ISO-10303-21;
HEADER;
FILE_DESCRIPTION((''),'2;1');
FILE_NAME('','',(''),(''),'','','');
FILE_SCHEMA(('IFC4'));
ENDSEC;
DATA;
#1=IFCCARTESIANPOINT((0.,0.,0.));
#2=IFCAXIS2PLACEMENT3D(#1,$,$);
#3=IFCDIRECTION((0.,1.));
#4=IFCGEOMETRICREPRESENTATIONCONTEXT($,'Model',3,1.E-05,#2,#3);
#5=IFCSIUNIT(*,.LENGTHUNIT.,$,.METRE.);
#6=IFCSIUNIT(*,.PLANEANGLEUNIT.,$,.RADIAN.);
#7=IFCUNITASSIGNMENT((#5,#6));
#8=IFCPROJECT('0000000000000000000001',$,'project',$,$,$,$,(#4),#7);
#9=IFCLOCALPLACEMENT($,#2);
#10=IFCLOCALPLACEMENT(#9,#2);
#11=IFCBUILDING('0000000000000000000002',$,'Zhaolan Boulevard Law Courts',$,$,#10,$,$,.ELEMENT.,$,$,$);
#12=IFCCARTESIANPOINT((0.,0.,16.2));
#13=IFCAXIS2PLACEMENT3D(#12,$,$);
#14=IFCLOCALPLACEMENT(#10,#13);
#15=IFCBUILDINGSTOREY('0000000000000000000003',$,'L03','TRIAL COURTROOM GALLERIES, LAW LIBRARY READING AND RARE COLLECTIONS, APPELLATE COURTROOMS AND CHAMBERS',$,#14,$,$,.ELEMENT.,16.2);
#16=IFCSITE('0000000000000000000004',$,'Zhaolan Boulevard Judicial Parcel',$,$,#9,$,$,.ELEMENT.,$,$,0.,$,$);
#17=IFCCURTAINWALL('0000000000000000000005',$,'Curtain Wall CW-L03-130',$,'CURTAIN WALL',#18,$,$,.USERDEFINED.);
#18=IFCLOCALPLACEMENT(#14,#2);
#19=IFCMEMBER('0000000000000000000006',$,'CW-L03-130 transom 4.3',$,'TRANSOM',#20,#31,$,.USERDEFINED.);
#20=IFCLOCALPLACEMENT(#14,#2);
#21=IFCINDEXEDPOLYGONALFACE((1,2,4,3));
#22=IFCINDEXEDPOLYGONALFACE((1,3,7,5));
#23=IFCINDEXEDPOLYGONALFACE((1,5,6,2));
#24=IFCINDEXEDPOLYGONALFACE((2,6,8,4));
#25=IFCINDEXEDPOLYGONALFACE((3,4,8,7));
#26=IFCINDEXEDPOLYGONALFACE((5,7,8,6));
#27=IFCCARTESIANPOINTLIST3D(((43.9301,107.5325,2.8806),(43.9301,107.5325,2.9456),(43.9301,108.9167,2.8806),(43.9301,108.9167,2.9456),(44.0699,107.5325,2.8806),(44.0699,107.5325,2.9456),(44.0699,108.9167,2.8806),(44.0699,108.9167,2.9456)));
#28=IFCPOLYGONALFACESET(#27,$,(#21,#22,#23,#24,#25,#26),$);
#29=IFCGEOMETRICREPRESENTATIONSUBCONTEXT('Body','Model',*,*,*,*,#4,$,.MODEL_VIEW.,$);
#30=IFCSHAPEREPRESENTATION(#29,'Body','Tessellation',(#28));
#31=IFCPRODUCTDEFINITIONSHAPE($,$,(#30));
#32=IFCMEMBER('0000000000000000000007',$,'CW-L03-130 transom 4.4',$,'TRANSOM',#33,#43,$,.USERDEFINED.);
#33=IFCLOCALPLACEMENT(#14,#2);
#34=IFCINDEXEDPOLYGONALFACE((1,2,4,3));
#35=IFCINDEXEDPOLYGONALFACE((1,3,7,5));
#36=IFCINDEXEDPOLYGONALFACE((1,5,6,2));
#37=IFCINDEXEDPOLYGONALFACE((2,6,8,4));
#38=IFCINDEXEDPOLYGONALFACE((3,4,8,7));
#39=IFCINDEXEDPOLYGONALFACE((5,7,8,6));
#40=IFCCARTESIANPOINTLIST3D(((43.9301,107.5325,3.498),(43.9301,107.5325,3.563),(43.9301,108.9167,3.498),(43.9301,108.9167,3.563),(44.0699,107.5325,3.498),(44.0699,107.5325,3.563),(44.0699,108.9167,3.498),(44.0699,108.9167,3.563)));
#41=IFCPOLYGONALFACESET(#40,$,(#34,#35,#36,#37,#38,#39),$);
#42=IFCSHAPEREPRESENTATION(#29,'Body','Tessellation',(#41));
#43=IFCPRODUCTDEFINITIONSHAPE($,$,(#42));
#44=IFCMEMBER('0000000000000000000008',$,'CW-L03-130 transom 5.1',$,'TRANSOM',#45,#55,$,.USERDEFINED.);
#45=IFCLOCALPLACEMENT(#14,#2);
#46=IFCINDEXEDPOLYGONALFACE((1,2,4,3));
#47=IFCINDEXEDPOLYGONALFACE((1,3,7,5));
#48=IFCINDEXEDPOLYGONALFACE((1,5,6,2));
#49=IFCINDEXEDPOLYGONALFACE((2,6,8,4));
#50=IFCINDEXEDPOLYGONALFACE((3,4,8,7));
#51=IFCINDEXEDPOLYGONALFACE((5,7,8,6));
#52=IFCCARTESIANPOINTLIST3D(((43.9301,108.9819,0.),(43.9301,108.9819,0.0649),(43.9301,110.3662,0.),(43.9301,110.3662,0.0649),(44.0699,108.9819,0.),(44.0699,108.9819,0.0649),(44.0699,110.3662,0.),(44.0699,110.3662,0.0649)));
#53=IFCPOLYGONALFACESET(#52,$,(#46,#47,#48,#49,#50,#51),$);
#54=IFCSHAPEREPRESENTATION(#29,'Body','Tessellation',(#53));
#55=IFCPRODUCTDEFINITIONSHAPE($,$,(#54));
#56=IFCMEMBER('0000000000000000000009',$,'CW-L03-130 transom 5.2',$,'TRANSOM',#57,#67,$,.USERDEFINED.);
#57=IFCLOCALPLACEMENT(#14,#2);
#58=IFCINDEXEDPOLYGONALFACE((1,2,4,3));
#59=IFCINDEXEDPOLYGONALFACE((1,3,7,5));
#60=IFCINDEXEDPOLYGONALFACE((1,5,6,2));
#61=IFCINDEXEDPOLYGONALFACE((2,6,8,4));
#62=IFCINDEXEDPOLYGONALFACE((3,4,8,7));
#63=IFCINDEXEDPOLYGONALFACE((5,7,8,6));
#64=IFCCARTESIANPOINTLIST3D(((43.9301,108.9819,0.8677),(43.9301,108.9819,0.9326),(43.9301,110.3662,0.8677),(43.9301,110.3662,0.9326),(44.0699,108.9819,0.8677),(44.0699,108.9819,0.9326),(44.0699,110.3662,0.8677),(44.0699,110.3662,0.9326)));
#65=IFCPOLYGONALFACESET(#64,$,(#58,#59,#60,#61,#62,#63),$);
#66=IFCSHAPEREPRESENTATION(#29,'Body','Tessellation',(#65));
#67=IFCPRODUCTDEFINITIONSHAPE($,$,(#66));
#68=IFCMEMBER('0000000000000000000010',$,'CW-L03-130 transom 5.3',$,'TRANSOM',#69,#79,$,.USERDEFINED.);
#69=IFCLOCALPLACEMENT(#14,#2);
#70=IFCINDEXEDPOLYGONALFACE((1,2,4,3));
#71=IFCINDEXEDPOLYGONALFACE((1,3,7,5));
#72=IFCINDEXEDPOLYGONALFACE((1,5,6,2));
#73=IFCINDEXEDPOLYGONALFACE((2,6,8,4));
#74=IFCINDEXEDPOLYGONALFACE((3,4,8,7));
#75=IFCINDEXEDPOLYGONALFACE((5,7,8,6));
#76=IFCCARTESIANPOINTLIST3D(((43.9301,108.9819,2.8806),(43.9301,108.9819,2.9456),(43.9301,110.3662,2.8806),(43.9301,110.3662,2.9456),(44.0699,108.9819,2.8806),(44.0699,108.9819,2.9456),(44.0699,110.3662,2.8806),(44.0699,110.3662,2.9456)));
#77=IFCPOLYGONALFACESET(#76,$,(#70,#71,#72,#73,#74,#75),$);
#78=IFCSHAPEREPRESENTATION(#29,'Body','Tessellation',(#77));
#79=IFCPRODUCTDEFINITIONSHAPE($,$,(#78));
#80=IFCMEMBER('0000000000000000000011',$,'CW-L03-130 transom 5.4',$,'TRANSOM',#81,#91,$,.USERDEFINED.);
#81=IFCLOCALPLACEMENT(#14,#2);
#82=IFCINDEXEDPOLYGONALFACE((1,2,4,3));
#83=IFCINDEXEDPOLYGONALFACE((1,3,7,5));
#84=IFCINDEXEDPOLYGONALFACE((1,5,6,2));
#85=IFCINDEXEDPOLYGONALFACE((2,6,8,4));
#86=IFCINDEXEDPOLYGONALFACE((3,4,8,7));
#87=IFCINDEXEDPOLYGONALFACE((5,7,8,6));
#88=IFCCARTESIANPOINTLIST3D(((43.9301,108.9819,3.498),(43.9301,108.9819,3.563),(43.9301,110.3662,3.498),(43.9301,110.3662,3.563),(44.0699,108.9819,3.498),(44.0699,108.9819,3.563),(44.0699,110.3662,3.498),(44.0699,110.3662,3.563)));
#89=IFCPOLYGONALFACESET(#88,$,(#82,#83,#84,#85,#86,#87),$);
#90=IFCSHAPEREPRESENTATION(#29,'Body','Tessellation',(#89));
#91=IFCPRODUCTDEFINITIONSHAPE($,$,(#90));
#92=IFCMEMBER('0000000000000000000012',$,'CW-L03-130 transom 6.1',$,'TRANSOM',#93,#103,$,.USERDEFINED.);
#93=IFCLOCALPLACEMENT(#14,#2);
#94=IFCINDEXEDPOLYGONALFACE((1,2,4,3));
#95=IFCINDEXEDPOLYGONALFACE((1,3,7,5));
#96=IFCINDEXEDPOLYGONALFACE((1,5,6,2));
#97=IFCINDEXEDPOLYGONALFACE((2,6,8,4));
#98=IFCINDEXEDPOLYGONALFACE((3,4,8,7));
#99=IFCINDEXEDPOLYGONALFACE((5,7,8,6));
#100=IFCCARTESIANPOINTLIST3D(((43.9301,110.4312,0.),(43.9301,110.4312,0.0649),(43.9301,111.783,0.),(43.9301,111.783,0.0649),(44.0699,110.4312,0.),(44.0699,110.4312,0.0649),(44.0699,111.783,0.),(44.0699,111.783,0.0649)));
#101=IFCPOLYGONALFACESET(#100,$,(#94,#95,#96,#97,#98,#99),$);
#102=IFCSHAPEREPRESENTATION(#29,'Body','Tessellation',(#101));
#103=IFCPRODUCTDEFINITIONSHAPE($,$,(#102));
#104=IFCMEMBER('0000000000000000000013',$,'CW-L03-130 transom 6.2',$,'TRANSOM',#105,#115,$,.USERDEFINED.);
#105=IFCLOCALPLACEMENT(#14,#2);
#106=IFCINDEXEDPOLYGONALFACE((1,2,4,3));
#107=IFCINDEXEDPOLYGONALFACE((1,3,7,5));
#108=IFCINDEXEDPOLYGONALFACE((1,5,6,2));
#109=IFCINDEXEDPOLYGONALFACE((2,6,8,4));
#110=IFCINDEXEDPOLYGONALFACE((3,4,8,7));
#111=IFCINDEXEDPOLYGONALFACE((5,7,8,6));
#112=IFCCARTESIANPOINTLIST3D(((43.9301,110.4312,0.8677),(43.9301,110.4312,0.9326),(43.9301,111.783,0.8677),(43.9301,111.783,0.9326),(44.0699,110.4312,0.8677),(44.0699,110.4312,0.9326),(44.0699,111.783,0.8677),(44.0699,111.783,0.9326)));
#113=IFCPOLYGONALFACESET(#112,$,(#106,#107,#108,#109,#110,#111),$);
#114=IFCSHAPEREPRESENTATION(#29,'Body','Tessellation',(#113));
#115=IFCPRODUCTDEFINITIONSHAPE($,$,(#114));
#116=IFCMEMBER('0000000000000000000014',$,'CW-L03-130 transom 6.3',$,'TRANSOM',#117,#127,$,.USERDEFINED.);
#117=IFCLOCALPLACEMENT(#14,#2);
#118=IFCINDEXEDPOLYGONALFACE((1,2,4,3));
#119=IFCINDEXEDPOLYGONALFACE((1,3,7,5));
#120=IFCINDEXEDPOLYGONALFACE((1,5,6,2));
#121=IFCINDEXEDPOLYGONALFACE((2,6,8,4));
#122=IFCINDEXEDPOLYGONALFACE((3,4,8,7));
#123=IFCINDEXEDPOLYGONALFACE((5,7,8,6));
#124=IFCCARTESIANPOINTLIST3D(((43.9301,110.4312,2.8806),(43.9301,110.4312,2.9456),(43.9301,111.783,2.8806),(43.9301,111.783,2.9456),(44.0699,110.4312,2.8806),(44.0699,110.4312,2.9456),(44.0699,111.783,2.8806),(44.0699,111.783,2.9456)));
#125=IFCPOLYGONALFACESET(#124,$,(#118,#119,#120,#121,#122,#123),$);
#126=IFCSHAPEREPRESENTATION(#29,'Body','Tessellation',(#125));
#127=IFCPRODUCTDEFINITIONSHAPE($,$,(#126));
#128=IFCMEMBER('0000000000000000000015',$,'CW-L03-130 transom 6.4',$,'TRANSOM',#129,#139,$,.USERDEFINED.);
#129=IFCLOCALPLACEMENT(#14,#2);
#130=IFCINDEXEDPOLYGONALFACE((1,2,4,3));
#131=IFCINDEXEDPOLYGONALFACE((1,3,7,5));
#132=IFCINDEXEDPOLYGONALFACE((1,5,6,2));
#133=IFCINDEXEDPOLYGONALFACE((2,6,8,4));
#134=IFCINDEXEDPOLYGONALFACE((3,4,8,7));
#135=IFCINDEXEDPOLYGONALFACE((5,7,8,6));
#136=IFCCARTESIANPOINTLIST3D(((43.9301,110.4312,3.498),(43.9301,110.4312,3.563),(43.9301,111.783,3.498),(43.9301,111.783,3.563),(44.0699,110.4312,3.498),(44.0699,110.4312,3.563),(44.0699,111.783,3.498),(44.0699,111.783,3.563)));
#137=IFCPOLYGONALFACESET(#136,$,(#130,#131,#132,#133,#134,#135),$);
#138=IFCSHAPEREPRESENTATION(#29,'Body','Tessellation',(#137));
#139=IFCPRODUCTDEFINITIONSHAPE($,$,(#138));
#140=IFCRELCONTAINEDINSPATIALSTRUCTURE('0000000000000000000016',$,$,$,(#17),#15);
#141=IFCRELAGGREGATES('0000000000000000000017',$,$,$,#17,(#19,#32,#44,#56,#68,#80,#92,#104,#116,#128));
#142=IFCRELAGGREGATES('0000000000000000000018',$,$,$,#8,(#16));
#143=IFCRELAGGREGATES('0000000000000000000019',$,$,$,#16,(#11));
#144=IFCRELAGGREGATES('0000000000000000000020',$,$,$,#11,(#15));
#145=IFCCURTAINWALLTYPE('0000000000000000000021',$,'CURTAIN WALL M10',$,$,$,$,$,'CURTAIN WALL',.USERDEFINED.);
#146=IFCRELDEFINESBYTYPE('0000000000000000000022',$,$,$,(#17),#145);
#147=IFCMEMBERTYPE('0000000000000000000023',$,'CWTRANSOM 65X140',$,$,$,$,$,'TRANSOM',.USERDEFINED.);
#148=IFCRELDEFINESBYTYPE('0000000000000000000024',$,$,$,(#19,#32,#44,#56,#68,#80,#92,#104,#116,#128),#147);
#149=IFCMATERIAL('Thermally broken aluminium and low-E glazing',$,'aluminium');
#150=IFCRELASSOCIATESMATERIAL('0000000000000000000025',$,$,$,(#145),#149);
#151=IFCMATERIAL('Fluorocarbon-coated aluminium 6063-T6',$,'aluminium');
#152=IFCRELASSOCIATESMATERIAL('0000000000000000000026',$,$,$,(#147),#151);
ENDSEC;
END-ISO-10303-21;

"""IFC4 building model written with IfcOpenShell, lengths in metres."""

from ifc_helpers import new_model, si_unit, direction, frame, origin, origin_2d, place, context, subcontext, project, spatial, rectangle, extrude, material, material_profile, profile_set, type_object, element, aggregate, save


model = new_model("IFC4")

# Units and contexts
model_context = context("Model", 3, precision=1e-05, world=origin(), true_north=direction((0.0, 1.0)))
body_context = subcontext(model_context, "Body", "Model", "MODEL_VIEW")
ifc_project = project(units=[si_unit("LENGTHUNIT", "METRE"), si_unit("PLANEANGLEUNIT", "RADIAN")], contexts=[model_context])

# Site, building, storey
site_placement = place(None, origin())
site = spatial("IfcSite", under=ifc_project, at=site_placement, Name="Zhaolan Boulevard Judicial Parcel", CompositionType="ELEMENT", RefElevation=0.0)
building_placement = place(site_placement, origin())
building = spatial("IfcBuilding", under=site, at=building_placement, Name="Zhaolan Boulevard Law Courts", CompositionType="ELEMENT")
storey_placement = place(building_placement, frame((0.0, 0.0, 16.2)))
storey = spatial("IfcBuildingStorey", under=building, at=storey_placement, Name="L03", Description="TRIAL COURTROOM GALLERIES, LAW LIBRARY READING AND RARE COLLECTIONS, APPELLATE COURTROOMS AND CHAMBERS", CompositionType="ELEMENT", Elevation=16.2)

# Curtain wall, members
ifc_material_1 = material(Name="Thermally broken aluminium and low-E glazing", Category="aluminium")
curtain_wall_type = type_object("IfcCurtainWallType", Name="CURTAIN WALL M10", ElementType="CURTAIN WALL", PredefinedType="USERDEFINED", material=ifc_material_1)
curtain_wall_placement = place(storey_placement, origin())
curtain_wall = element("IfcCurtainWall", 1, at=curtain_wall_placement, inside=storey, type_object=curtain_wall_type, Name="Curtain Wall CW-L03-130", ObjectType="CURTAIN WALL", PredefinedType="USERDEFINED")
ifc_material_2 = material(Name="Fluorocarbon-coated aluminium 6063-T6", Category="aluminium")
ifc_material_profile_1 = material_profile(ifc_material_2, rectangle(XDim=0.1399, YDim=0.0649, at=origin_2d()), Name="AL65x140")
ifc_profile_set_1 = profile_set([ifc_material_profile_1], Name="Fluorocarbon-coated aluminium 6063-T6")
member_type_1 = type_object("IfcMemberType", Name="CWTRANSOM 65X140", ElementType="TRANSOM", PredefinedType="USERDEFINED", material=ifc_profile_set_1)
member_1_placement = place(storey_placement, frame((44.0, 107.5325, 2.9131), z_axis=(0.0, 1.0, 0.0), x_axis=(-1.0, 0.0, 0.0)))
member_1 = element("IfcMember", 2, at=member_1_placement, type_object=member_type_1, Name="CW-L03-130 transom 4.3", ObjectType="TRANSOM", PredefinedType="USERDEFINED", context=body_context, shape_type="SweptSolid", body=[
    extrude(rectangle(XDim=0.1399, YDim=0.0649, at=origin_2d()), origin(), (0.0, 0.0, 1.0), 1.3843),
])
member_2_placement = place(storey_placement, frame((44.0, 107.5325, 3.5305), z_axis=(0.0, 1.0, 0.0), x_axis=(-1.0, 0.0, 0.0)))
member_2 = element("IfcMember", 3, at=member_2_placement, type_object=member_type_1, Name="CW-L03-130 transom 4.4", ObjectType="TRANSOM", PredefinedType="USERDEFINED", context=body_context, shape_type="SweptSolid", body=[
    extrude(rectangle(XDim=0.1399, YDim=0.0649, at=origin_2d()), origin(), (0.0, 0.0, 1.0), 1.3843),
])
member_3_placement = place(storey_placement, frame((44.0, 108.9819, 0.0325), z_axis=(0.0, 1.0, 0.0), x_axis=(-1.0, 0.0, 0.0)))
member_3 = element("IfcMember", 4, at=member_3_placement, type_object=member_type_1, Name="CW-L03-130 transom 5.1", ObjectType="TRANSOM", PredefinedType="USERDEFINED", context=body_context, shape_type="SweptSolid", body=[
    extrude(rectangle(XDim=0.1399, YDim=0.0649, at=origin_2d()), origin(), (0.0, 0.0, 1.0), 1.3843),
])
member_4_placement = place(storey_placement, frame((44.0, 108.9819, 0.9001), z_axis=(0.0, 1.0, 0.0), x_axis=(-1.0, 0.0, 0.0)))
member_4 = element("IfcMember", 5, at=member_4_placement, type_object=member_type_1, Name="CW-L03-130 transom 5.2", ObjectType="TRANSOM", PredefinedType="USERDEFINED", context=body_context, shape_type="SweptSolid", body=[
    extrude(rectangle(XDim=0.1399, YDim=0.0649, at=origin_2d()), origin(), (0.0, 0.0, 1.0), 1.3843),
])
member_5_placement = place(storey_placement, frame((44.0, 108.9819, 2.9131), z_axis=(0.0, 1.0, 0.0), x_axis=(-1.0, 0.0, 0.0)))
member_5 = element("IfcMember", 6, at=member_5_placement, type_object=member_type_1, Name="CW-L03-130 transom 5.3", ObjectType="TRANSOM", PredefinedType="USERDEFINED", context=body_context, shape_type="SweptSolid", body=[
    extrude(rectangle(XDim=0.1399, YDim=0.0649, at=origin_2d()), origin(), (0.0, 0.0, 1.0), 1.3843),
])
member_6_placement = place(storey_placement, frame((44.0, 108.9819, 3.5305), z_axis=(0.0, 1.0, 0.0), x_axis=(-1.0, 0.0, 0.0)))
member_6 = element("IfcMember", 7, at=member_6_placement, type_object=member_type_1, Name="CW-L03-130 transom 5.4", ObjectType="TRANSOM", PredefinedType="USERDEFINED", context=body_context, shape_type="SweptSolid", body=[
    extrude(rectangle(XDim=0.1399, YDim=0.0649, at=origin_2d()), origin(), (0.0, 0.0, 1.0), 1.3843),
])
member_7_placement = place(storey_placement, frame((44.0, 110.4312, 0.0325), z_axis=(0.0, 1.0, 0.0), x_axis=(-1.0, 0.0, 0.0)))
member_7 = element("IfcMember", 8, at=member_7_placement, type_object=member_type_1, Name="CW-L03-130 transom 6.1", ObjectType="TRANSOM", PredefinedType="USERDEFINED", context=body_context, shape_type="SweptSolid", body=[
    extrude(rectangle(XDim=0.1399, YDim=0.0649, at=origin_2d()), origin(), (0.0, 0.0, 1.0), 1.3518),
])
member_8_placement = place(storey_placement, frame((44.0, 110.4312, 0.9001), z_axis=(0.0, 1.0, 0.0), x_axis=(-1.0, 0.0, 0.0)))
member_8 = element("IfcMember", 9, at=member_8_placement, type_object=member_type_1, Name="CW-L03-130 transom 6.2", ObjectType="TRANSOM", PredefinedType="USERDEFINED", context=body_context, shape_type="SweptSolid", body=[
    extrude(rectangle(XDim=0.1399, YDim=0.0649, at=origin_2d()), origin(), (0.0, 0.0, 1.0), 1.3518),
])
member_9_placement = place(storey_placement, frame((44.0, 110.4312, 2.9131), z_axis=(0.0, 1.0, 0.0), x_axis=(-1.0, 0.0, 0.0)))
member_9 = element("IfcMember", 10, at=member_9_placement, type_object=member_type_1, Name="CW-L03-130 transom 6.3", ObjectType="TRANSOM", PredefinedType="USERDEFINED", context=body_context, shape_type="SweptSolid", body=[
    extrude(rectangle(XDim=0.1399, YDim=0.0649, at=origin_2d()), origin(), (0.0, 0.0, 1.0), 1.3518),
])
member_10_placement = place(storey_placement, frame((44.0, 110.4312, 3.5305), z_axis=(0.0, 1.0, 0.0), x_axis=(-1.0, 0.0, 0.0)))
member_10 = element("IfcMember", 11, at=member_10_placement, type_object=member_type_1, Name="CW-L03-130 transom 6.4", ObjectType="TRANSOM", PredefinedType="USERDEFINED", context=body_context, shape_type="SweptSolid", body=[
    extrude(rectangle(XDim=0.1399, YDim=0.0649, at=origin_2d()), origin(), (0.0, 0.0, 1.0), 1.3518),
])

aggregate(curtain_wall, [member_1, member_2, member_3, member_4, member_5, member_6, member_7, member_8, member_9, member_10])

save(model, "model.ifc")
